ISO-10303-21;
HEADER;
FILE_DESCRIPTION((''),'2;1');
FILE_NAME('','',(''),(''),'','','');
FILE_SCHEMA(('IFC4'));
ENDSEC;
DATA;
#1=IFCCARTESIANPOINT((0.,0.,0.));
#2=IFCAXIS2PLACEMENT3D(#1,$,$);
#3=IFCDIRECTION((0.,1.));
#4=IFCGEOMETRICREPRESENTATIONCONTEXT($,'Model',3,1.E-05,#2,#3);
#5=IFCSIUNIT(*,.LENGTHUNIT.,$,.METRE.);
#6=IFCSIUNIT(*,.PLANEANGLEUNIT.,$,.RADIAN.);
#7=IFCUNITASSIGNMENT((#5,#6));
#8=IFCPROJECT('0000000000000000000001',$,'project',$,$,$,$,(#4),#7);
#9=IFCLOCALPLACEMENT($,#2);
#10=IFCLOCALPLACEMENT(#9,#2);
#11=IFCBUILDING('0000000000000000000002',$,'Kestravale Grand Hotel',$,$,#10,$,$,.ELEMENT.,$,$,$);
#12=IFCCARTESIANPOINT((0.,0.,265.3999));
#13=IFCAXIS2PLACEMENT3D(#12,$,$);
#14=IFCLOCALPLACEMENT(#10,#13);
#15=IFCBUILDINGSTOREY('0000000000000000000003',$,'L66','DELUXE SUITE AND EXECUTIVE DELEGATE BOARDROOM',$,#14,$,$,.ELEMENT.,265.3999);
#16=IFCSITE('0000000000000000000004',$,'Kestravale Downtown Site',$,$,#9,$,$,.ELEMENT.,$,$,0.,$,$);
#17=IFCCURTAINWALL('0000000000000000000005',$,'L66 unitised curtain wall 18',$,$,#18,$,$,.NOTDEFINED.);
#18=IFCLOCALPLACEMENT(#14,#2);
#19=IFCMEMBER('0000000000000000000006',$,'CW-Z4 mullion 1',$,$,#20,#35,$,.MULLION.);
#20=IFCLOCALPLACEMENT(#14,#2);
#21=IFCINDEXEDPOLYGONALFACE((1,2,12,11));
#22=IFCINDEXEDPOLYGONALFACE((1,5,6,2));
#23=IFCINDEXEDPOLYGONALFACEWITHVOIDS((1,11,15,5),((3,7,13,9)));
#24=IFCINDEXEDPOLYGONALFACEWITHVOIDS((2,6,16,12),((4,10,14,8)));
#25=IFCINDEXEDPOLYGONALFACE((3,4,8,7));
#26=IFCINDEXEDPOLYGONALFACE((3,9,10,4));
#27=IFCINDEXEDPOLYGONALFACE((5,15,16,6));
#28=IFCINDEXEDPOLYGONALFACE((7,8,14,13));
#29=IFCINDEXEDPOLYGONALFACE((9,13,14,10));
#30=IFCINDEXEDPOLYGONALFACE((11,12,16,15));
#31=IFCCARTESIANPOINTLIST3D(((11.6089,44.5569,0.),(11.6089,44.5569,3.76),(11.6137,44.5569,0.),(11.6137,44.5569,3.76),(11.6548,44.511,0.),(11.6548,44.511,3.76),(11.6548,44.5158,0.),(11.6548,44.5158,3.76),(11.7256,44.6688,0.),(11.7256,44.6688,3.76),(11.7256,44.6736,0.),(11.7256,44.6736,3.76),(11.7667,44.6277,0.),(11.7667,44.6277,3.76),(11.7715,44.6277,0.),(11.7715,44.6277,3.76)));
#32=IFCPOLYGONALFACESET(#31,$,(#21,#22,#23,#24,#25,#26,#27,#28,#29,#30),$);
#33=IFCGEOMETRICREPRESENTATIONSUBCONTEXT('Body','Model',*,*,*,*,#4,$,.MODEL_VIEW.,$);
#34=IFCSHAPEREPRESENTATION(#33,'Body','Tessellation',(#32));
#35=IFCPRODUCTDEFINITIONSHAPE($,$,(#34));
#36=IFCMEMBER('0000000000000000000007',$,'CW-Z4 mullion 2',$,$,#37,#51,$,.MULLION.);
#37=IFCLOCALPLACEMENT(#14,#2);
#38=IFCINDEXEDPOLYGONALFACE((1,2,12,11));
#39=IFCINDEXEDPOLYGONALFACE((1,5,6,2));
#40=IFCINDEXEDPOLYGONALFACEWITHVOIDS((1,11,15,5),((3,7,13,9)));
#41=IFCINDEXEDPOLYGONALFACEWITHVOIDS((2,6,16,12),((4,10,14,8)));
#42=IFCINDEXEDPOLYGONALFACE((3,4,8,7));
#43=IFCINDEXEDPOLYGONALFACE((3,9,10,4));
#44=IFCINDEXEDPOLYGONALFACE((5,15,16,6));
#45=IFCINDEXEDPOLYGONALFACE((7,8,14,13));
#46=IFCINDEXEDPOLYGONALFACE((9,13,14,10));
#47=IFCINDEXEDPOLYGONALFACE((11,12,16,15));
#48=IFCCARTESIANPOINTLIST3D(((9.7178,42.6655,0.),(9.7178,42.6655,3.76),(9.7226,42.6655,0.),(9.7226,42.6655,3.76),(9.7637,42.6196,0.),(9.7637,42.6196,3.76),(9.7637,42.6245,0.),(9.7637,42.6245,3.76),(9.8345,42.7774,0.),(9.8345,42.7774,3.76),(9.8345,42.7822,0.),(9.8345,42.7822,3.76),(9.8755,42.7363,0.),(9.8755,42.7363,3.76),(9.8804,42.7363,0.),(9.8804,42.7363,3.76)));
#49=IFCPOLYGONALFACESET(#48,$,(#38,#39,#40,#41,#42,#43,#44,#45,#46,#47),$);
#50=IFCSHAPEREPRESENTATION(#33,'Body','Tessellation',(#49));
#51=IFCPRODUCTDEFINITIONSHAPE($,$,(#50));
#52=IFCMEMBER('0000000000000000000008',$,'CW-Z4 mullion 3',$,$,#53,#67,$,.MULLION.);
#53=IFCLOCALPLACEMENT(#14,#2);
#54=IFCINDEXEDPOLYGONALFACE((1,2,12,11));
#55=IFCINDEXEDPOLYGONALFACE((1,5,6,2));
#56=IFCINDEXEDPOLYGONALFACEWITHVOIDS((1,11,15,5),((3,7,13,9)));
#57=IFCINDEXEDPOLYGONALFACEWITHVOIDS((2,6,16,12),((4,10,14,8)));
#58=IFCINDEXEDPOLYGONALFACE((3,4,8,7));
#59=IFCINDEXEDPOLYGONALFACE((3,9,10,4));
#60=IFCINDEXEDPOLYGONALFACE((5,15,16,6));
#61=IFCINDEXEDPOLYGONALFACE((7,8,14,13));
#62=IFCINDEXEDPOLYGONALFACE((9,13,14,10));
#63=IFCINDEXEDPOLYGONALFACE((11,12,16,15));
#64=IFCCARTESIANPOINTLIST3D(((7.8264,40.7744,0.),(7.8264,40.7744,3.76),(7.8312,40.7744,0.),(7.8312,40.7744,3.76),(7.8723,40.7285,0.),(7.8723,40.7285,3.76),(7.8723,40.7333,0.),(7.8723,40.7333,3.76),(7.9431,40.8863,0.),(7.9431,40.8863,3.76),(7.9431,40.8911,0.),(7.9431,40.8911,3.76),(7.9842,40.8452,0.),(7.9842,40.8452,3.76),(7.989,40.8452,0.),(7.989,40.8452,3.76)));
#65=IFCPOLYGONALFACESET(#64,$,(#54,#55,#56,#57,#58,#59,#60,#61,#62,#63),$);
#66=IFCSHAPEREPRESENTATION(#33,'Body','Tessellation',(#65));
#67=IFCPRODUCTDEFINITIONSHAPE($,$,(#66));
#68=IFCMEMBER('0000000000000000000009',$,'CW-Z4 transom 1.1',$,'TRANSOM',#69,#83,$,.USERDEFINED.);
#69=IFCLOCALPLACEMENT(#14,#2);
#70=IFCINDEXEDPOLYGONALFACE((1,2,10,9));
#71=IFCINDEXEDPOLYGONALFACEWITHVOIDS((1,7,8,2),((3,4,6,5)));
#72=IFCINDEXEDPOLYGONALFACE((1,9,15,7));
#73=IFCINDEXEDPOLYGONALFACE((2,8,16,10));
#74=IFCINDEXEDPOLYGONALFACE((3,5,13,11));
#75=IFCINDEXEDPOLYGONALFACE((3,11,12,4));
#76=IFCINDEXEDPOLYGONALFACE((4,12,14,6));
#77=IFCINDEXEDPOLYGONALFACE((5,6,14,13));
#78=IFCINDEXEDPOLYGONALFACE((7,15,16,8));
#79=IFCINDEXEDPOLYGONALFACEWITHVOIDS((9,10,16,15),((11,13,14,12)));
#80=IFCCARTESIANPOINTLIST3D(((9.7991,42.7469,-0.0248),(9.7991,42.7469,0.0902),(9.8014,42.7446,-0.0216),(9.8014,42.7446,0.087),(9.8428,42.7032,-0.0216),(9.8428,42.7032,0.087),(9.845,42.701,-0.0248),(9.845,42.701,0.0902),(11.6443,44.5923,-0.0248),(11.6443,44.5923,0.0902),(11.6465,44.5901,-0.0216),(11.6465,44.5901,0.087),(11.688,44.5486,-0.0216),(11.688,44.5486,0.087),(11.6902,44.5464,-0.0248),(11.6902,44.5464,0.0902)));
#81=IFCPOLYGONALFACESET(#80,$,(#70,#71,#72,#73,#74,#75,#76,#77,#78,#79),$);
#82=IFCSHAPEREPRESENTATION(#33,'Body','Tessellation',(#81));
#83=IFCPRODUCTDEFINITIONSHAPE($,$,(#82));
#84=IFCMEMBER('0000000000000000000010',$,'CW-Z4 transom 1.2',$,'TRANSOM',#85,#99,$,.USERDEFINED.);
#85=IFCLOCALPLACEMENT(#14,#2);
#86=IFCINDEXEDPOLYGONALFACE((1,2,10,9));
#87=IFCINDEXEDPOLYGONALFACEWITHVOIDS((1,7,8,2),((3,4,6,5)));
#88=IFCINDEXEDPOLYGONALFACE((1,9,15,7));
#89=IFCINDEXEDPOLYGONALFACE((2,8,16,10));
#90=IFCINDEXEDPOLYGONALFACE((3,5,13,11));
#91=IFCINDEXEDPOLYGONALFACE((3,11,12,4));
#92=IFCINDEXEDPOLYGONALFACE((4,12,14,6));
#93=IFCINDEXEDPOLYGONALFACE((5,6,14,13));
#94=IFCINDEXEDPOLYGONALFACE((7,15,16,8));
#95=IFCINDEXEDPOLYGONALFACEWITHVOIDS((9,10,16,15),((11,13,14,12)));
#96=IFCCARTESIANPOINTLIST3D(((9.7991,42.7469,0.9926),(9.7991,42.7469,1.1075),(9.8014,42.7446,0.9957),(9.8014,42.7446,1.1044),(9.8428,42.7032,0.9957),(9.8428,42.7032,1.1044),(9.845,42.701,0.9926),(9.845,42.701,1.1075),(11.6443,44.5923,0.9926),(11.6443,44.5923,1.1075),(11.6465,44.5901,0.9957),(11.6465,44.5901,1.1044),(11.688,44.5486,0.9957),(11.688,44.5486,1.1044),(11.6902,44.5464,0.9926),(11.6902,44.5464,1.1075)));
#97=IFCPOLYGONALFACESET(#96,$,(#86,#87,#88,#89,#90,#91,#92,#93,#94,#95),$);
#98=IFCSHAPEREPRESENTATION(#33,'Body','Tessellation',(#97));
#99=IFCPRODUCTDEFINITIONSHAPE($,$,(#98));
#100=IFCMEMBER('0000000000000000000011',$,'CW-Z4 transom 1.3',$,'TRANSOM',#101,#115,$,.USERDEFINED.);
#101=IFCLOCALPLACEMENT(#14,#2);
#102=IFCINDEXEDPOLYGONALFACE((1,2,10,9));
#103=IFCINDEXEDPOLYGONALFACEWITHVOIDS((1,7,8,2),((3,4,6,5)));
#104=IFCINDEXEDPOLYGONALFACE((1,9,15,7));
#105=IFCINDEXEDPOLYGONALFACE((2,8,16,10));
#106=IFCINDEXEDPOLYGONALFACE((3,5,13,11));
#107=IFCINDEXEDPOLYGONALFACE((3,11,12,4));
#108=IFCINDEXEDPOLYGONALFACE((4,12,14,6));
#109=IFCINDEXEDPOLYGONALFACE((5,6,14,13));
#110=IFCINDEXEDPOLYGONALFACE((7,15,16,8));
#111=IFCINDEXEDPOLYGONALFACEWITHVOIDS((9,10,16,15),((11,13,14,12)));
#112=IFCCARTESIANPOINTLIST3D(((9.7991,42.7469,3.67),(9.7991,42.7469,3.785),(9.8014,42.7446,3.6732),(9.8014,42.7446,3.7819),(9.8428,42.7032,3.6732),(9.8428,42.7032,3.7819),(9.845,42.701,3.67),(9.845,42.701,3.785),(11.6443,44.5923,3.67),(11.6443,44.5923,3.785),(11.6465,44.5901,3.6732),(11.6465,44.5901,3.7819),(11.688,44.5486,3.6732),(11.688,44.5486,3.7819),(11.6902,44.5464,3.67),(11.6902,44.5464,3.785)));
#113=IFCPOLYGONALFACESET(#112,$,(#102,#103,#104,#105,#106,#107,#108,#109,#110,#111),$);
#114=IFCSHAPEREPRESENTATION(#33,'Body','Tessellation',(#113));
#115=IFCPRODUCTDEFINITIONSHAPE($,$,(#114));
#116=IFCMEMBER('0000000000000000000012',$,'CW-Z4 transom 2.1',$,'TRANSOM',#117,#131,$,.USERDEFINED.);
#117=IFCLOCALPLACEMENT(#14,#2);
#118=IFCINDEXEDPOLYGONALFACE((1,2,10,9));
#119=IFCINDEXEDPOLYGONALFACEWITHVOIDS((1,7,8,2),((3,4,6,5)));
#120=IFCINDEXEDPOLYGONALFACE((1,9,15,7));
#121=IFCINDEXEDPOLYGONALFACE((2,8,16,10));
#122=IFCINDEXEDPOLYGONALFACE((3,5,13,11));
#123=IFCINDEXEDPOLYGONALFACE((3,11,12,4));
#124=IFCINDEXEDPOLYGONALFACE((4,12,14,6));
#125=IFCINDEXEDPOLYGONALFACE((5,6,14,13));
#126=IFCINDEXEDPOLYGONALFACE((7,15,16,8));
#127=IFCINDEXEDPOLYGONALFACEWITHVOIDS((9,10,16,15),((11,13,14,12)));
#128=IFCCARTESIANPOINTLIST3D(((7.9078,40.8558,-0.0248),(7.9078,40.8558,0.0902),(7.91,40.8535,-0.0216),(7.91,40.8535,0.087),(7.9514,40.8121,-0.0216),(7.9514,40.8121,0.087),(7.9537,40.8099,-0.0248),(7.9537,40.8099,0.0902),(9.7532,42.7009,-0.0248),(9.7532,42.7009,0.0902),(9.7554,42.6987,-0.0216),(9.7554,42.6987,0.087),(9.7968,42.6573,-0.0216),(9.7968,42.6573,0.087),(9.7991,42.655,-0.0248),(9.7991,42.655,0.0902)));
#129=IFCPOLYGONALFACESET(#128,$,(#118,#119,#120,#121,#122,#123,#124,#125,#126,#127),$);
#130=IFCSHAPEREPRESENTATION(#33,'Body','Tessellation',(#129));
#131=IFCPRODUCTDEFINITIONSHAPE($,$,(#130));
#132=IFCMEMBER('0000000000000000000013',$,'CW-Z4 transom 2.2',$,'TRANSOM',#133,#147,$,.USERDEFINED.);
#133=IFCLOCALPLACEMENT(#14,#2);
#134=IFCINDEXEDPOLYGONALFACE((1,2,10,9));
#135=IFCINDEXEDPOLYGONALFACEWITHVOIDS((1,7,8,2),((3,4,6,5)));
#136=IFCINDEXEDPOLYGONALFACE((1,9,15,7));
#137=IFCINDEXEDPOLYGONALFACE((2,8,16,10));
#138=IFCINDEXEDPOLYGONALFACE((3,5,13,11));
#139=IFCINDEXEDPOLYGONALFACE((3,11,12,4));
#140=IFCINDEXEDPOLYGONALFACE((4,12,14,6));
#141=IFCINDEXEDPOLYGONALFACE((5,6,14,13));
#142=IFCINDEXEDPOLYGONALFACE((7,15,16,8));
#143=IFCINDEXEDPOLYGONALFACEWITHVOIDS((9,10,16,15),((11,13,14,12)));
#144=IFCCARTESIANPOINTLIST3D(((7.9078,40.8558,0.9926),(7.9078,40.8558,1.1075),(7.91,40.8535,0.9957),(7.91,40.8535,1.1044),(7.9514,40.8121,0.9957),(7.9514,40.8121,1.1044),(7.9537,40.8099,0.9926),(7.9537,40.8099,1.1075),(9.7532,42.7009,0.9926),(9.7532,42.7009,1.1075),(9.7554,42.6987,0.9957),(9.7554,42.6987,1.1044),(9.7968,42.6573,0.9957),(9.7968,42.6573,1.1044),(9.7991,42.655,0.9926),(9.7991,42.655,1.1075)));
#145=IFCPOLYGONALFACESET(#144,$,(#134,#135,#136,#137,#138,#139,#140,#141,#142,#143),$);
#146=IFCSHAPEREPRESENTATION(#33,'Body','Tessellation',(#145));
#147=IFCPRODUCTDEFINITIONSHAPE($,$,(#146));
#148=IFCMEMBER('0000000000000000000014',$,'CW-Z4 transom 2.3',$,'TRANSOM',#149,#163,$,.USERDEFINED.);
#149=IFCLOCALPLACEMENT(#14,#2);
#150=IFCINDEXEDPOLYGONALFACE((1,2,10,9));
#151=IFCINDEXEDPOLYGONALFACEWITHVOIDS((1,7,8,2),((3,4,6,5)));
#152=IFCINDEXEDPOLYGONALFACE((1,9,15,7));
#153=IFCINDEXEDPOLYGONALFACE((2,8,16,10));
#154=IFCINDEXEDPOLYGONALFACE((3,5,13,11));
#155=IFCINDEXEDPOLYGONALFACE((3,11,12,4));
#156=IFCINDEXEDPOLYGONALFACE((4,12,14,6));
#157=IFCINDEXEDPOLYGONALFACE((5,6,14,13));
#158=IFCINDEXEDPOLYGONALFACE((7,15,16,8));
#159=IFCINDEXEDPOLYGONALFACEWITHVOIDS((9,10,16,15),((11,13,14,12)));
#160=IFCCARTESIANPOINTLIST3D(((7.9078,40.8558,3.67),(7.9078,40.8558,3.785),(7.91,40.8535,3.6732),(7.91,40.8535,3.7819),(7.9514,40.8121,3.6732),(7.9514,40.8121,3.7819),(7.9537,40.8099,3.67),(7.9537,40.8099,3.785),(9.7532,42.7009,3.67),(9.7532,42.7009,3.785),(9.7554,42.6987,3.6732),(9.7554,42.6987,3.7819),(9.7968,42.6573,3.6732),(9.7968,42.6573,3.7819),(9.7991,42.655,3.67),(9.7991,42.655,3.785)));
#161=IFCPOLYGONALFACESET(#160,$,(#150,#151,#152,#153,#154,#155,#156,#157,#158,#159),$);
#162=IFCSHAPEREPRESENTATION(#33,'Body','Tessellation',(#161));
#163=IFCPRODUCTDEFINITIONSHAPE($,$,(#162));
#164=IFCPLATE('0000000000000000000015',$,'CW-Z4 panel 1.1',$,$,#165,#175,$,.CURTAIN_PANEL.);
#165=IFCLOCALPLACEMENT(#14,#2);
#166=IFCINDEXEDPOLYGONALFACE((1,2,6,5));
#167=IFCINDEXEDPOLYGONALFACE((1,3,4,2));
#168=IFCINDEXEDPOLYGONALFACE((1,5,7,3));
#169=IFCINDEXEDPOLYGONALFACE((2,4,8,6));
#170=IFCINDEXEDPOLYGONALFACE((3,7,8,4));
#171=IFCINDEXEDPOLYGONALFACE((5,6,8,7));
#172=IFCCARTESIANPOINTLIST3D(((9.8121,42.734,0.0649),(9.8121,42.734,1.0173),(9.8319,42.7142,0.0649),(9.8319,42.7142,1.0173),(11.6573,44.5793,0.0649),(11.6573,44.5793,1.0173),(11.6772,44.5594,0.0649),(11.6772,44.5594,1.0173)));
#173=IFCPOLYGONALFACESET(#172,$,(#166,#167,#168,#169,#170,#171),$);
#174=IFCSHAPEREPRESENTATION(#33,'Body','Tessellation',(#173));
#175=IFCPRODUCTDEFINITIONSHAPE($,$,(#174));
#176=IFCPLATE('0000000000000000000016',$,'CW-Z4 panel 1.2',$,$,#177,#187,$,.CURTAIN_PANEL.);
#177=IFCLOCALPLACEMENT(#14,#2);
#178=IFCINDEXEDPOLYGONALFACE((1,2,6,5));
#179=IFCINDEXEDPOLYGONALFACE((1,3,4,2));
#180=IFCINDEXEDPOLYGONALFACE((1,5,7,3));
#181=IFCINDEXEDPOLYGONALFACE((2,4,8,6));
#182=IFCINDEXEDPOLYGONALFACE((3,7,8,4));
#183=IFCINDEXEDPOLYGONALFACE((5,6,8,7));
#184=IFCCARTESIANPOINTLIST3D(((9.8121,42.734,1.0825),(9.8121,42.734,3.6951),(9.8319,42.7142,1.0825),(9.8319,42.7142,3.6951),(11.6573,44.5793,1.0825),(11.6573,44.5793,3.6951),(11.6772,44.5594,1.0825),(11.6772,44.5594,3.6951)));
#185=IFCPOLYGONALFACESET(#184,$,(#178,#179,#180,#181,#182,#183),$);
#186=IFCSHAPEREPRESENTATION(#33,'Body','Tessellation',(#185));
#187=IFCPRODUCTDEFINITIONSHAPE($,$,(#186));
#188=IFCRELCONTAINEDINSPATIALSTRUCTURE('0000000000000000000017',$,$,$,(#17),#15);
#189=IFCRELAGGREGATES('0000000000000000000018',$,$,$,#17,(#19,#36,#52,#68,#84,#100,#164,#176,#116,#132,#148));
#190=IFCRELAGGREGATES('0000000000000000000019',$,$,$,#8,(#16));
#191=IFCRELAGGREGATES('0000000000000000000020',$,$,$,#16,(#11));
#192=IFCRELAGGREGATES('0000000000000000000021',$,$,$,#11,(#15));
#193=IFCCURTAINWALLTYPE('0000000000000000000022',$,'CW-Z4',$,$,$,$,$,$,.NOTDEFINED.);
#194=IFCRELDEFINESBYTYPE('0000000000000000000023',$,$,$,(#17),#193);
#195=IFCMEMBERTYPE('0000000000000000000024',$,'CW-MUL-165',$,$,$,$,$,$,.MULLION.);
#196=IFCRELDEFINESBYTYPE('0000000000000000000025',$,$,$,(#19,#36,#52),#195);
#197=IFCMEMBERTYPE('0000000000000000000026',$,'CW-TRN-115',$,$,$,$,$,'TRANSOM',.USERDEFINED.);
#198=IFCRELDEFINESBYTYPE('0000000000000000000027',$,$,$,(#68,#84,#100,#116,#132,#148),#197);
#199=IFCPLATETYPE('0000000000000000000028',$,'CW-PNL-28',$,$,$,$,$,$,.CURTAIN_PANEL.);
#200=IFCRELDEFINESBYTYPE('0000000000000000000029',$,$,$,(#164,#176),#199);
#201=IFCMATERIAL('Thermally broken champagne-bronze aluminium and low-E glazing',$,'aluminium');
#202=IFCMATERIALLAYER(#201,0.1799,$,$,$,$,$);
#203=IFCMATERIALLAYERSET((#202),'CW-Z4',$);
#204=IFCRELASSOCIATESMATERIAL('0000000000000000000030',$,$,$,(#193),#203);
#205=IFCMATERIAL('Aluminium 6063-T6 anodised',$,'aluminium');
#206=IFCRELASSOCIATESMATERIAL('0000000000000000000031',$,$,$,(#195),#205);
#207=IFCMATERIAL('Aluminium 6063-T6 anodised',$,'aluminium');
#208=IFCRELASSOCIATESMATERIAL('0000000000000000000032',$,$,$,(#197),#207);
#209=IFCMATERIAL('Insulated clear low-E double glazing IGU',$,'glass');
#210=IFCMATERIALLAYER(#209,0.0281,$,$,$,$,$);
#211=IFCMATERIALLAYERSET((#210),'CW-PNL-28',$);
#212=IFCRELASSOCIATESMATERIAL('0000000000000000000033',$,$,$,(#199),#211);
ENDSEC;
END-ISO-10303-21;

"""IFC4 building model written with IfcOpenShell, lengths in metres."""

from ifc_helpers import new_model, si_unit, direction, frame, origin, origin_2d, place, context, subcontext, project, spatial, rectangle, hollow_rectangle, extrude, material, layer, layer_set, material_profile, profile_set, type_object, element, aggregate, save


model = new_model("IFC4")

# Units and contexts
model_context = context("Model", 3, precision=1e-05, world=origin(), true_north=direction((0.0, 1.0)))
body_context = subcontext(model_context, "Body", "Model", "MODEL_VIEW")
ifc_project = project(units=[si_unit("LENGTHUNIT", "METRE"), si_unit("PLANEANGLEUNIT", "RADIAN")], contexts=[model_context])

# Site, building, storey
site_placement = place(None, origin())
site = spatial("IfcSite", under=ifc_project, at=site_placement, Name="Kestravale Downtown Site", CompositionType="ELEMENT", RefElevation=0.0)
building_placement = place(site_placement, origin())
building = spatial("IfcBuilding", under=site, at=building_placement, Name="Kestravale Grand Hotel", CompositionType="ELEMENT")
storey_placement = place(building_placement, frame((0.0, 0.0, 265.3999)))
storey = spatial("IfcBuildingStorey", under=building, at=storey_placement, Name="L66", Description="DELUXE SUITE AND EXECUTIVE DELEGATE BOARDROOM", CompositionType="ELEMENT", Elevation=265.3999)

# Curtain wall, members, plates
ifc_material_1 = material(Name="Thermally broken champagne-bronze aluminium and low-E glazing", Category="aluminium")
ifc_layer_1 = layer(ifc_material_1, 0.1799)
ifc_layer_set_1 = layer_set([ifc_layer_1], Name="CW-Z4")
curtain_wall_type = type_object("IfcCurtainWallType", Name="CW-Z4", PredefinedType="NOTDEFINED", material=ifc_layer_set_1)
curtain_wall_placement = place(storey_placement, origin())
curtain_wall = element("IfcCurtainWall", 1, at=curtain_wall_placement, inside=storey, type_object=curtain_wall_type, Name="L66 unitised curtain wall 18", PredefinedType="NOTDEFINED")
ifc_material_2 = material(Name="Aluminium 6063-T6 anodised", Category="aluminium")
ifc_material_profile_1 = material_profile(ifc_material_2, hollow_rectangle(XDim=0.0649, YDim=0.165, WallThickness=0.0034, at=origin_2d()))
ifc_profile_set_1 = profile_set([ifc_material_profile_1], Name="Aluminium 6063-T6 anodised")
member_type_1 = type_object("IfcMemberType", Name="CW-MUL-165", PredefinedType="MULLION", material=ifc_profile_set_1)
member_1_placement = place(storey_placement, frame((11.6902, 44.5923, 0.0), z_axis=(0.0, 0.0, 1.0), x_axis=(0.707107, -0.707107, 0.0)))
member_1 = element("IfcMember", 2, at=member_1_placement, type_object=member_type_1, Name="CW-Z4 mullion 1", PredefinedType="MULLION", context=body_context, shape_type="SweptSolid", body=[
    extrude(hollow_rectangle(XDim=0.0649, YDim=0.165, WallThickness=0.0034, at=origin_2d()), origin(), (0.0, 0.0, 1.0), 3.76),
])
member_2_placement = place(storey_placement, frame((9.7991, 42.7009, 0.0), z_axis=(0.0, 0.0, 1.0), x_axis=(0.707107, -0.707107, 0.0)))
member_2 = element("IfcMember", 3, at=member_2_placement, type_object=member_type_1, Name="CW-Z4 mullion 2", PredefinedType="MULLION", context=body_context, shape_type="SweptSolid", body=[
    extrude(hollow_rectangle(XDim=0.0649, YDim=0.165, WallThickness=0.0034, at=origin_2d()), origin(), (0.0, 0.0, 1.0), 3.76),
])
member_3_placement = place(storey_placement, frame((7.9077, 40.8098, 0.0), z_axis=(0.0, 0.0, 1.0), x_axis=(0.707107, -0.707107, 0.0)))
member_3 = element("IfcMember", 4, at=member_3_placement, type_object=member_type_1, Name="CW-Z4 mullion 3", PredefinedType="MULLION", context=body_context, shape_type="SweptSolid", body=[
    extrude(hollow_rectangle(XDim=0.0649, YDim=0.165, WallThickness=0.0034, at=origin_2d()), origin(), (0.0, 0.0, 1.0), 3.76),
])
ifc_material_3 = material(Name="Aluminium 6063-T6 anodised", Category="aluminium")
ifc_material_profile_2 = material_profile(ifc_material_3, hollow_rectangle(XDim=0.0649, YDim=0.115, WallThickness=0.0032, at=origin_2d()))
ifc_profile_set_2 = profile_set([ifc_material_profile_2], Name="Aluminium 6063-T6 anodised")
member_type_2 = type_object("IfcMemberType", Name="CW-TRN-115", ElementType="TRANSOM", PredefinedType="USERDEFINED", material=ifc_profile_set_2)
member_4_placement = place(storey_placement, frame((11.6672, 44.5693, 0.0327), z_axis=(-0.70706, -0.707154, 0.0), x_axis=(0.707154, -0.70706, 0.0)))
member_4 = element("IfcMember", 5, at=member_4_placement, type_object=member_type_2, Name="CW-Z4 transom 1.1", ObjectType="TRANSOM", PredefinedType="USERDEFINED", context=body_context, shape_type="SweptSolid", body=[
    extrude(hollow_rectangle(XDim=0.0649, YDim=0.115, WallThickness=0.0032, at=origin_2d()), origin(), (0.0, 0.0, 1.0), 2.6096),
])
member_5_placement = place(storey_placement, frame((11.6672, 44.5693, 1.05), z_axis=(-0.70706, -0.707154, 0.0), x_axis=(0.707154, -0.70706, 0.0)))
member_5 = element("IfcMember", 6, at=member_5_placement, type_object=member_type_2, Name="CW-Z4 transom 1.2", ObjectType="TRANSOM", PredefinedType="USERDEFINED", context=body_context, shape_type="SweptSolid", body=[
    extrude(hollow_rectangle(XDim=0.0649, YDim=0.115, WallThickness=0.0032, at=origin_2d()), origin(), (0.0, 0.0, 1.0), 2.6096),
])
member_6_placement = place(storey_placement, frame((11.6672, 44.5693, 3.7275), z_axis=(-0.70706, -0.707154, 0.0), x_axis=(0.707154, -0.70706, 0.0)))
member_6 = element("IfcMember", 7, at=member_6_placement, type_object=member_type_2, Name="CW-Z4 transom 1.3", ObjectType="TRANSOM", PredefinedType="USERDEFINED", context=body_context, shape_type="SweptSolid", body=[
    extrude(hollow_rectangle(XDim=0.0649, YDim=0.115, WallThickness=0.0032, at=origin_2d()), origin(), (0.0, 0.0, 1.0), 2.6096),
])
member_7_placement = place(storey_placement, frame((9.7761, 42.678, 0.0327), z_axis=(-0.707154, -0.70706, 0.0), x_axis=(0.70706, -0.707154, 0.0)))
member_7 = element("IfcMember", 8, at=member_7_placement, type_object=member_type_2, Name="CW-Z4 transom 2.1", ObjectType="TRANSOM", PredefinedType="USERDEFINED", context=body_context, shape_type="SweptSolid", body=[
    extrude(hollow_rectangle(XDim=0.0649, YDim=0.115, WallThickness=0.0032, at=origin_2d()), origin(), (0.0, 0.0, 1.0), 2.6096),
])
member_8_placement = place(storey_placement, frame((9.7761, 42.678, 1.05), z_axis=(-0.707154, -0.70706, 0.0), x_axis=(0.70706, -0.707154, 0.0)))
member_8 = element("IfcMember", 9, at=member_8_placement, type_object=member_type_2, Name="CW-Z4 transom 2.2", ObjectType="TRANSOM", PredefinedType="USERDEFINED", context=body_context, shape_type="SweptSolid", body=[
    extrude(hollow_rectangle(XDim=0.0649, YDim=0.115, WallThickness=0.0032, at=origin_2d()), origin(), (0.0, 0.0, 1.0), 2.6096),
])
member_9_placement = place(storey_placement, frame((9.7761, 42.678, 3.7275), z_axis=(-0.707154, -0.70706, 0.0), x_axis=(0.70706, -0.707154, 0.0)))
member_9 = element("IfcMember", 10, at=member_9_placement, type_object=member_type_2, Name="CW-Z4 transom 2.3", ObjectType="TRANSOM", PredefinedType="USERDEFINED", context=body_context, shape_type="SweptSolid", body=[
    extrude(hollow_rectangle(XDim=0.0649, YDim=0.115, WallThickness=0.0032, at=origin_2d()), origin(), (0.0, 0.0, 1.0), 2.6096),
])
ifc_material_4 = material(Name="Insulated clear low-E double glazing IGU", Category="glass")
ifc_layer_2 = layer(ifc_material_4, 0.0281)
ifc_layer_set_2 = layer_set([ifc_layer_2], Name="CW-PNL-28")
plate_type = type_object("IfcPlateType", Name="CW-PNL-28", PredefinedType="CURTAIN_PANEL", material=ifc_layer_set_2)
plate_1_placement = place(storey_placement, frame((10.7446, 43.6467, 0.0649), z_axis=(0.0, 0.0, 1.0), x_axis=(-0.707107, -0.707107, 0.0)))
plate_1 = element("IfcPlate", 11, at=plate_1_placement, type_object=plate_type, Name="CW-Z4 panel 1.1", PredefinedType="CURTAIN_PANEL", context=body_context, shape_type="SweptSolid", body=[
    extrude(rectangle(XDim=2.6096, YDim=0.0281, at=origin_2d()), origin(), (0.0, 0.0, 1.0), 0.9524),
])
plate_2_placement = place(storey_placement, frame((10.7446, 43.6467, 1.0825), z_axis=(0.0, 0.0, 1.0), x_axis=(-0.707107, -0.707107, 0.0)))
plate_2 = element("IfcPlate", 12, at=plate_2_placement, type_object=plate_type, Name="CW-Z4 panel 1.2", PredefinedType="CURTAIN_PANEL", context=body_context, shape_type="SweptSolid", body=[
    extrude(rectangle(XDim=2.6096, YDim=0.0281, at=origin_2d()), origin(), (0.0, 0.0, 1.0), 2.6125),
])
aggregate(curtain_wall, [member_1, member_2, member_3, member_4, member_5, member_6, plate_1, plate_2, member_7, member_8, member_9])

save(model, "model.ifc")
